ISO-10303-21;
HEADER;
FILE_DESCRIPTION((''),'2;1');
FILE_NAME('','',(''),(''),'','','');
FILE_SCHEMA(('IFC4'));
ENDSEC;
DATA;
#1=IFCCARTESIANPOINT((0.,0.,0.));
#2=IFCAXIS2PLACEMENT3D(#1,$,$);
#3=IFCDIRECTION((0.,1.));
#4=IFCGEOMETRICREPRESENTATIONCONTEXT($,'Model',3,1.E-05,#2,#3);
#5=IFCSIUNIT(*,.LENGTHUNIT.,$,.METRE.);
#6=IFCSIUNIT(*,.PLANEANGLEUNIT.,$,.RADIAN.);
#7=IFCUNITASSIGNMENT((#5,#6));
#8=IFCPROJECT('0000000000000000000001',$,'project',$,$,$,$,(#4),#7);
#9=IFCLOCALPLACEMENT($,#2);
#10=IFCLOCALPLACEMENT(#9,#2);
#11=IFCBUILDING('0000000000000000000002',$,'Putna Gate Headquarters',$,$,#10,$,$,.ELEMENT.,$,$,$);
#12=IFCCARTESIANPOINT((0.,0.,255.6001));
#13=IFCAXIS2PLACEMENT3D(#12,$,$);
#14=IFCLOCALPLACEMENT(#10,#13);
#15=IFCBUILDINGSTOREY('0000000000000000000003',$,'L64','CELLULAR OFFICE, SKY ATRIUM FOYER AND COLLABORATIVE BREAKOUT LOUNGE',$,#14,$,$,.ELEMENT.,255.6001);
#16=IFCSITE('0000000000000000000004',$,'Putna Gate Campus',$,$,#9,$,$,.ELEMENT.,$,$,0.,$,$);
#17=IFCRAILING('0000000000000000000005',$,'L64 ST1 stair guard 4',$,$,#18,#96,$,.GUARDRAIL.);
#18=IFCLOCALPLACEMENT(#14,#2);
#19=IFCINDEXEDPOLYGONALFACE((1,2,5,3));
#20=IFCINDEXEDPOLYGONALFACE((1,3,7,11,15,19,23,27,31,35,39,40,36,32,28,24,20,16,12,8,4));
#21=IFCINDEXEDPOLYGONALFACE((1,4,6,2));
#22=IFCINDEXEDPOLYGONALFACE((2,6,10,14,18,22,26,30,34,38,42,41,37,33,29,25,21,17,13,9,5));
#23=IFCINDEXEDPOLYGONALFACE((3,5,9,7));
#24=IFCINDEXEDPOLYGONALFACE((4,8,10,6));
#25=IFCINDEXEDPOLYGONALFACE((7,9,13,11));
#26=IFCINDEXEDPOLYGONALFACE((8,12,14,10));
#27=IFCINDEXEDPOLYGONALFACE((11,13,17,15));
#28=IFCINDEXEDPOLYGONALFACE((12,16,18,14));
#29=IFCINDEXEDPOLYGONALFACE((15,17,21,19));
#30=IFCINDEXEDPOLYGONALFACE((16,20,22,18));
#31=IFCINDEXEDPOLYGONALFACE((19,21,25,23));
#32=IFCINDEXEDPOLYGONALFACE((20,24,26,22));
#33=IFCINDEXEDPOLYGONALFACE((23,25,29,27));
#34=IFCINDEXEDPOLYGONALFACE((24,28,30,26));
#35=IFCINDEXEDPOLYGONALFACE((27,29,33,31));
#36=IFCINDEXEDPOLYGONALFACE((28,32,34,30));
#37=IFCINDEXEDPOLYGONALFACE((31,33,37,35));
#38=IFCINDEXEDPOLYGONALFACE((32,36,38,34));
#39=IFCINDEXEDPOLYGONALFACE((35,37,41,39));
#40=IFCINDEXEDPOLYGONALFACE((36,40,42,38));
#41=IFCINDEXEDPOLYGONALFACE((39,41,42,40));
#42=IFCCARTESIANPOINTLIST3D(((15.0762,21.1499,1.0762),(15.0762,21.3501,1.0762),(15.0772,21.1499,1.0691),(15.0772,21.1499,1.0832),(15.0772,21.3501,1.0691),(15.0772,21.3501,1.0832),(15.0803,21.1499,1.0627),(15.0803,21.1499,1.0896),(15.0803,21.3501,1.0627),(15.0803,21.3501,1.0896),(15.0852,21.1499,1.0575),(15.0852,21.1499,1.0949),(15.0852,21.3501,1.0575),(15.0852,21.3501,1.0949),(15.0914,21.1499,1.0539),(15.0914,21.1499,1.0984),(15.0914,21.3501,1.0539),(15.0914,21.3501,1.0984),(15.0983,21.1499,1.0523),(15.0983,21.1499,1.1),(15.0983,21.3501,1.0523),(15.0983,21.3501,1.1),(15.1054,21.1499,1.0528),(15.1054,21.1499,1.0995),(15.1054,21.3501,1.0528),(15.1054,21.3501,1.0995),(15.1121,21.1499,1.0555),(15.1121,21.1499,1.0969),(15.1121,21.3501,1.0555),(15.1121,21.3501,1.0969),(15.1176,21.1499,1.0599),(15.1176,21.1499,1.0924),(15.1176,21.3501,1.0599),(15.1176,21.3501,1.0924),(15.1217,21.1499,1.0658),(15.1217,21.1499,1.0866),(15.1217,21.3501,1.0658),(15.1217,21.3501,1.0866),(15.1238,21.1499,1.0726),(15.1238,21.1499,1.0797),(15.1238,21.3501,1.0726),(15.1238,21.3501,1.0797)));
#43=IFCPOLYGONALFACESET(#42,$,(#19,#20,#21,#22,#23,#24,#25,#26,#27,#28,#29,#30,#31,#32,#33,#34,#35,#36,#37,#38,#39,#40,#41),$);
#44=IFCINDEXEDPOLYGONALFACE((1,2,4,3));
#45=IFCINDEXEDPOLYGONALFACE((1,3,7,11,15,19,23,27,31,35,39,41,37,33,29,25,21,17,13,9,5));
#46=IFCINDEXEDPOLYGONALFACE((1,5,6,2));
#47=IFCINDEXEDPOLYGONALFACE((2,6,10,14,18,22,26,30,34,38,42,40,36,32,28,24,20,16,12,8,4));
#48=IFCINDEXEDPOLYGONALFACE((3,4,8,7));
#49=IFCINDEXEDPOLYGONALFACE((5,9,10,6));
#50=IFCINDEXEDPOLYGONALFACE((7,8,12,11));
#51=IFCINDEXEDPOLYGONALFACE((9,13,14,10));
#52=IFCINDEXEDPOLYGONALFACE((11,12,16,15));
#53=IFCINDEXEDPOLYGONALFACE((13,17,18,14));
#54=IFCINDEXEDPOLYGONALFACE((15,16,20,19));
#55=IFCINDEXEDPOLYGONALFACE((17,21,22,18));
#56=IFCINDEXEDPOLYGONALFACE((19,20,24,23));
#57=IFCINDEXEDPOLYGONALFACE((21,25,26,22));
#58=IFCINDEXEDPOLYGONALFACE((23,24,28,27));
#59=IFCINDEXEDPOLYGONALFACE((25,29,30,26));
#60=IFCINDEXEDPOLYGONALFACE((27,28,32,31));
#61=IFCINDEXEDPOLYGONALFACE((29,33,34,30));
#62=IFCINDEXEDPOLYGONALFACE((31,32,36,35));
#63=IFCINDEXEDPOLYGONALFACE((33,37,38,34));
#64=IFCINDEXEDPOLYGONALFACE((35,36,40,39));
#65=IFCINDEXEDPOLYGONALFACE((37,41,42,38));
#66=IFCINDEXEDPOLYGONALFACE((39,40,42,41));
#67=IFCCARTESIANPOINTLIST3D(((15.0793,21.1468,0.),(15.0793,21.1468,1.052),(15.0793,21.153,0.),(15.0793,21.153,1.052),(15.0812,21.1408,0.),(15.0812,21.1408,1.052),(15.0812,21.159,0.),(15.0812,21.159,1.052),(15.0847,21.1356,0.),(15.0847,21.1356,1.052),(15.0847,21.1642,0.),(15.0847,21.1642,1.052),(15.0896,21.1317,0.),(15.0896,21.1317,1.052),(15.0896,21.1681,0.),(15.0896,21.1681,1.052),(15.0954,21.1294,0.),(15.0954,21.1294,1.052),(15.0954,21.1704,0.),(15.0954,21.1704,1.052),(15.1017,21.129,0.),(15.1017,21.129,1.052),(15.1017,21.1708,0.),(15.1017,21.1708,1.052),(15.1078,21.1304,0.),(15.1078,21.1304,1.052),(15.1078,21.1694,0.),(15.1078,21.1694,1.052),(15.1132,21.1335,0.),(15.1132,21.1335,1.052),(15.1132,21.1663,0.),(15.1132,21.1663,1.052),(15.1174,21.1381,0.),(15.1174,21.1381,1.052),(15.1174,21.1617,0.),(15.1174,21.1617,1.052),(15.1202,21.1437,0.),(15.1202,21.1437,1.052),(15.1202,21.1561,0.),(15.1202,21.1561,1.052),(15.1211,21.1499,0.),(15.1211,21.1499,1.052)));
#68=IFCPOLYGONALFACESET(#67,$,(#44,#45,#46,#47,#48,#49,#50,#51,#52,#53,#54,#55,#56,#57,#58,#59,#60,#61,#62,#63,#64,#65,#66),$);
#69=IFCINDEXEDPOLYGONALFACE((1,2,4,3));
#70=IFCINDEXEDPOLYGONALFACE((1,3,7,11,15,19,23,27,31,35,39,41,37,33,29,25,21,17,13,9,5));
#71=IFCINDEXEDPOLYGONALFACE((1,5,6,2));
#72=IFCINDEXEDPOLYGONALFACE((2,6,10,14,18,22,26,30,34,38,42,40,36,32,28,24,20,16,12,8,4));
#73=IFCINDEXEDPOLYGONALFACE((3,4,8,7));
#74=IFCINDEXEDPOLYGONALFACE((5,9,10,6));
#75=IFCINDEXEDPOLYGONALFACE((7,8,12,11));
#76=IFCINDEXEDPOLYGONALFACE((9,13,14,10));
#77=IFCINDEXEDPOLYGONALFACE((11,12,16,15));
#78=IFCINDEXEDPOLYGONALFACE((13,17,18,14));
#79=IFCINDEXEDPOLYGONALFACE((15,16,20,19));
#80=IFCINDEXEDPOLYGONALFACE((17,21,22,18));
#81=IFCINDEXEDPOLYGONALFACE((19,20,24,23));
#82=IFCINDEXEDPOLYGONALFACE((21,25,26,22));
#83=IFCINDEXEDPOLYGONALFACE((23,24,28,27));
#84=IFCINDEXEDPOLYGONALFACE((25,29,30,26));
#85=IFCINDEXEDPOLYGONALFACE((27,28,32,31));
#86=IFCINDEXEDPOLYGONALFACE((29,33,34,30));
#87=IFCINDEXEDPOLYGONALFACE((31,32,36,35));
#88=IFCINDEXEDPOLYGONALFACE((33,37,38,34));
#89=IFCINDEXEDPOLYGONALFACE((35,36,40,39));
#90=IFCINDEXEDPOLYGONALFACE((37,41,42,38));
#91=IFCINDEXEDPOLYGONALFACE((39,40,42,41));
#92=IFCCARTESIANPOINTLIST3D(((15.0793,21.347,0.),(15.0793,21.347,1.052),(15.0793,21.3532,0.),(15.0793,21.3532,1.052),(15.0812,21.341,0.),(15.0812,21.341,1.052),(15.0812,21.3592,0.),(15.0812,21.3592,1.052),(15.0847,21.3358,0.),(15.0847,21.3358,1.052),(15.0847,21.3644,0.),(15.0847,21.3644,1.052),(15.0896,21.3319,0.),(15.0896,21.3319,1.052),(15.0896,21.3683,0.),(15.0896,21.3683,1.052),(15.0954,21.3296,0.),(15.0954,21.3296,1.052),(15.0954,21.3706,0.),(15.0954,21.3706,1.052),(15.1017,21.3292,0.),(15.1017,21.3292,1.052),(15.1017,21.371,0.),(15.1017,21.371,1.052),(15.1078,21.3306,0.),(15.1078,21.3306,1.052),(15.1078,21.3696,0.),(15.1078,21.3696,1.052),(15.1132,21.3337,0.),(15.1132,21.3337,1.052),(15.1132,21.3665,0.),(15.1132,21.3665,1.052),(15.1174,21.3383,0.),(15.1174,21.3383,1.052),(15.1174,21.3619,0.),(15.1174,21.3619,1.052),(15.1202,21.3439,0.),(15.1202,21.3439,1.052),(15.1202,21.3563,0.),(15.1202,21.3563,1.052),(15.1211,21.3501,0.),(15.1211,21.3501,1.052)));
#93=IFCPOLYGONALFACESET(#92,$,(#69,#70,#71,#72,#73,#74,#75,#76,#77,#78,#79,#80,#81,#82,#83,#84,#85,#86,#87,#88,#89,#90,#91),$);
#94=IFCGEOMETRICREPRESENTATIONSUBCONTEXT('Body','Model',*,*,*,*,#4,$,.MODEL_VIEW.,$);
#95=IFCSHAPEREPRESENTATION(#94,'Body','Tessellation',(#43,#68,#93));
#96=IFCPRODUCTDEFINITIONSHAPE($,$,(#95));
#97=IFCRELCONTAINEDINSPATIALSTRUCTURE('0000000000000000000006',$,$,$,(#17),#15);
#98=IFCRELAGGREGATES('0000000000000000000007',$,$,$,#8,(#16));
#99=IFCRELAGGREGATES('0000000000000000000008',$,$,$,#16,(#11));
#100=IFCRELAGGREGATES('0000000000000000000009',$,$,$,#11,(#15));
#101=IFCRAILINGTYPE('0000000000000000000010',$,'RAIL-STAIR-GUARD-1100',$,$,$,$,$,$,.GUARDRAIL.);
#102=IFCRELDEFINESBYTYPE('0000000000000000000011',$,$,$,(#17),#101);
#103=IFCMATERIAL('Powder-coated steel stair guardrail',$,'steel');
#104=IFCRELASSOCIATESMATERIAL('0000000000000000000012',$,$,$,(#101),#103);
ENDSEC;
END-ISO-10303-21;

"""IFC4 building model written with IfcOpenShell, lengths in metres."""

from ifc_helpers import new_model, si_unit, direction, frame, origin, origin_2d, place, context, subcontext, project, spatial, circle, extrude, material, type_object, element, save


model = new_model("IFC4")

# Units and contexts
model_context = context("Model", 3, precision=1e-05, world=origin(), true_north=direction((0.0, 1.0)))
body_context = subcontext(model_context, "Body", "Model", "MODEL_VIEW")
ifc_project = project(units=[si_unit("LENGTHUNIT", "METRE"), si_unit("PLANEANGLEUNIT", "RADIAN")], contexts=[model_context])

# Site, building, storey
site_placement = place(None, origin())
site = spatial("IfcSite", under=ifc_project, at=site_placement, Name="Putna Gate Campus", CompositionType="ELEMENT", RefElevation=0.0)
building_placement = place(site_placement, origin())
building = spatial("IfcBuilding", under=site, at=building_placement, Name="Putna Gate Headquarters", CompositionType="ELEMENT")
storey_placement = place(building_placement, frame((0.0, 0.0, 255.6001)))
storey = spatial("IfcBuildingStorey", under=building, at=storey_placement, Name="L64", Description="CELLULAR OFFICE, SKY ATRIUM FOYER AND COLLABORATIVE BREAKOUT LOUNGE", CompositionType="ELEMENT", Elevation=255.6001)

# Railing
ifc_material_1 = material(Name="Powder-coated steel stair guardrail", Category="steel")
railing_type_1 = type_object("IfcRailingType", Name="RAIL-STAIR-GUARD-1100", PredefinedType="GUARDRAIL", material=ifc_material_1)
railing_1_placement = place(storey_placement, frame((15.1001, 21.1499, 0.0)))
element("IfcRailing", 1, at=railing_1_placement, inside=storey, type_object=railing_type_1, Name="L64 ST1 stair guard 4", PredefinedType="GUARDRAIL", context=body_context, shape_type="SweptSolid", body=[
    extrude(circle(Radius=0.0239, at=origin_2d()), frame((0.0, 0.0, 1.0762), z_axis=(0.0, 1.0, 0.0), x_axis=(-1.0, 0.0, 0.0)), (0.0, 0.0, 1.0), 0.2002),
    extrude(circle(Radius=0.021, at=origin_2d()), origin(), (0.0, 0.0, 1.0), 1.052),
    extrude(circle(Radius=0.021, at=origin_2d()), frame((0.0, 0.2002, 0.0)), (0.0, 0.0, 1.0), 1.052),
])

save(model, "model.ifc")
